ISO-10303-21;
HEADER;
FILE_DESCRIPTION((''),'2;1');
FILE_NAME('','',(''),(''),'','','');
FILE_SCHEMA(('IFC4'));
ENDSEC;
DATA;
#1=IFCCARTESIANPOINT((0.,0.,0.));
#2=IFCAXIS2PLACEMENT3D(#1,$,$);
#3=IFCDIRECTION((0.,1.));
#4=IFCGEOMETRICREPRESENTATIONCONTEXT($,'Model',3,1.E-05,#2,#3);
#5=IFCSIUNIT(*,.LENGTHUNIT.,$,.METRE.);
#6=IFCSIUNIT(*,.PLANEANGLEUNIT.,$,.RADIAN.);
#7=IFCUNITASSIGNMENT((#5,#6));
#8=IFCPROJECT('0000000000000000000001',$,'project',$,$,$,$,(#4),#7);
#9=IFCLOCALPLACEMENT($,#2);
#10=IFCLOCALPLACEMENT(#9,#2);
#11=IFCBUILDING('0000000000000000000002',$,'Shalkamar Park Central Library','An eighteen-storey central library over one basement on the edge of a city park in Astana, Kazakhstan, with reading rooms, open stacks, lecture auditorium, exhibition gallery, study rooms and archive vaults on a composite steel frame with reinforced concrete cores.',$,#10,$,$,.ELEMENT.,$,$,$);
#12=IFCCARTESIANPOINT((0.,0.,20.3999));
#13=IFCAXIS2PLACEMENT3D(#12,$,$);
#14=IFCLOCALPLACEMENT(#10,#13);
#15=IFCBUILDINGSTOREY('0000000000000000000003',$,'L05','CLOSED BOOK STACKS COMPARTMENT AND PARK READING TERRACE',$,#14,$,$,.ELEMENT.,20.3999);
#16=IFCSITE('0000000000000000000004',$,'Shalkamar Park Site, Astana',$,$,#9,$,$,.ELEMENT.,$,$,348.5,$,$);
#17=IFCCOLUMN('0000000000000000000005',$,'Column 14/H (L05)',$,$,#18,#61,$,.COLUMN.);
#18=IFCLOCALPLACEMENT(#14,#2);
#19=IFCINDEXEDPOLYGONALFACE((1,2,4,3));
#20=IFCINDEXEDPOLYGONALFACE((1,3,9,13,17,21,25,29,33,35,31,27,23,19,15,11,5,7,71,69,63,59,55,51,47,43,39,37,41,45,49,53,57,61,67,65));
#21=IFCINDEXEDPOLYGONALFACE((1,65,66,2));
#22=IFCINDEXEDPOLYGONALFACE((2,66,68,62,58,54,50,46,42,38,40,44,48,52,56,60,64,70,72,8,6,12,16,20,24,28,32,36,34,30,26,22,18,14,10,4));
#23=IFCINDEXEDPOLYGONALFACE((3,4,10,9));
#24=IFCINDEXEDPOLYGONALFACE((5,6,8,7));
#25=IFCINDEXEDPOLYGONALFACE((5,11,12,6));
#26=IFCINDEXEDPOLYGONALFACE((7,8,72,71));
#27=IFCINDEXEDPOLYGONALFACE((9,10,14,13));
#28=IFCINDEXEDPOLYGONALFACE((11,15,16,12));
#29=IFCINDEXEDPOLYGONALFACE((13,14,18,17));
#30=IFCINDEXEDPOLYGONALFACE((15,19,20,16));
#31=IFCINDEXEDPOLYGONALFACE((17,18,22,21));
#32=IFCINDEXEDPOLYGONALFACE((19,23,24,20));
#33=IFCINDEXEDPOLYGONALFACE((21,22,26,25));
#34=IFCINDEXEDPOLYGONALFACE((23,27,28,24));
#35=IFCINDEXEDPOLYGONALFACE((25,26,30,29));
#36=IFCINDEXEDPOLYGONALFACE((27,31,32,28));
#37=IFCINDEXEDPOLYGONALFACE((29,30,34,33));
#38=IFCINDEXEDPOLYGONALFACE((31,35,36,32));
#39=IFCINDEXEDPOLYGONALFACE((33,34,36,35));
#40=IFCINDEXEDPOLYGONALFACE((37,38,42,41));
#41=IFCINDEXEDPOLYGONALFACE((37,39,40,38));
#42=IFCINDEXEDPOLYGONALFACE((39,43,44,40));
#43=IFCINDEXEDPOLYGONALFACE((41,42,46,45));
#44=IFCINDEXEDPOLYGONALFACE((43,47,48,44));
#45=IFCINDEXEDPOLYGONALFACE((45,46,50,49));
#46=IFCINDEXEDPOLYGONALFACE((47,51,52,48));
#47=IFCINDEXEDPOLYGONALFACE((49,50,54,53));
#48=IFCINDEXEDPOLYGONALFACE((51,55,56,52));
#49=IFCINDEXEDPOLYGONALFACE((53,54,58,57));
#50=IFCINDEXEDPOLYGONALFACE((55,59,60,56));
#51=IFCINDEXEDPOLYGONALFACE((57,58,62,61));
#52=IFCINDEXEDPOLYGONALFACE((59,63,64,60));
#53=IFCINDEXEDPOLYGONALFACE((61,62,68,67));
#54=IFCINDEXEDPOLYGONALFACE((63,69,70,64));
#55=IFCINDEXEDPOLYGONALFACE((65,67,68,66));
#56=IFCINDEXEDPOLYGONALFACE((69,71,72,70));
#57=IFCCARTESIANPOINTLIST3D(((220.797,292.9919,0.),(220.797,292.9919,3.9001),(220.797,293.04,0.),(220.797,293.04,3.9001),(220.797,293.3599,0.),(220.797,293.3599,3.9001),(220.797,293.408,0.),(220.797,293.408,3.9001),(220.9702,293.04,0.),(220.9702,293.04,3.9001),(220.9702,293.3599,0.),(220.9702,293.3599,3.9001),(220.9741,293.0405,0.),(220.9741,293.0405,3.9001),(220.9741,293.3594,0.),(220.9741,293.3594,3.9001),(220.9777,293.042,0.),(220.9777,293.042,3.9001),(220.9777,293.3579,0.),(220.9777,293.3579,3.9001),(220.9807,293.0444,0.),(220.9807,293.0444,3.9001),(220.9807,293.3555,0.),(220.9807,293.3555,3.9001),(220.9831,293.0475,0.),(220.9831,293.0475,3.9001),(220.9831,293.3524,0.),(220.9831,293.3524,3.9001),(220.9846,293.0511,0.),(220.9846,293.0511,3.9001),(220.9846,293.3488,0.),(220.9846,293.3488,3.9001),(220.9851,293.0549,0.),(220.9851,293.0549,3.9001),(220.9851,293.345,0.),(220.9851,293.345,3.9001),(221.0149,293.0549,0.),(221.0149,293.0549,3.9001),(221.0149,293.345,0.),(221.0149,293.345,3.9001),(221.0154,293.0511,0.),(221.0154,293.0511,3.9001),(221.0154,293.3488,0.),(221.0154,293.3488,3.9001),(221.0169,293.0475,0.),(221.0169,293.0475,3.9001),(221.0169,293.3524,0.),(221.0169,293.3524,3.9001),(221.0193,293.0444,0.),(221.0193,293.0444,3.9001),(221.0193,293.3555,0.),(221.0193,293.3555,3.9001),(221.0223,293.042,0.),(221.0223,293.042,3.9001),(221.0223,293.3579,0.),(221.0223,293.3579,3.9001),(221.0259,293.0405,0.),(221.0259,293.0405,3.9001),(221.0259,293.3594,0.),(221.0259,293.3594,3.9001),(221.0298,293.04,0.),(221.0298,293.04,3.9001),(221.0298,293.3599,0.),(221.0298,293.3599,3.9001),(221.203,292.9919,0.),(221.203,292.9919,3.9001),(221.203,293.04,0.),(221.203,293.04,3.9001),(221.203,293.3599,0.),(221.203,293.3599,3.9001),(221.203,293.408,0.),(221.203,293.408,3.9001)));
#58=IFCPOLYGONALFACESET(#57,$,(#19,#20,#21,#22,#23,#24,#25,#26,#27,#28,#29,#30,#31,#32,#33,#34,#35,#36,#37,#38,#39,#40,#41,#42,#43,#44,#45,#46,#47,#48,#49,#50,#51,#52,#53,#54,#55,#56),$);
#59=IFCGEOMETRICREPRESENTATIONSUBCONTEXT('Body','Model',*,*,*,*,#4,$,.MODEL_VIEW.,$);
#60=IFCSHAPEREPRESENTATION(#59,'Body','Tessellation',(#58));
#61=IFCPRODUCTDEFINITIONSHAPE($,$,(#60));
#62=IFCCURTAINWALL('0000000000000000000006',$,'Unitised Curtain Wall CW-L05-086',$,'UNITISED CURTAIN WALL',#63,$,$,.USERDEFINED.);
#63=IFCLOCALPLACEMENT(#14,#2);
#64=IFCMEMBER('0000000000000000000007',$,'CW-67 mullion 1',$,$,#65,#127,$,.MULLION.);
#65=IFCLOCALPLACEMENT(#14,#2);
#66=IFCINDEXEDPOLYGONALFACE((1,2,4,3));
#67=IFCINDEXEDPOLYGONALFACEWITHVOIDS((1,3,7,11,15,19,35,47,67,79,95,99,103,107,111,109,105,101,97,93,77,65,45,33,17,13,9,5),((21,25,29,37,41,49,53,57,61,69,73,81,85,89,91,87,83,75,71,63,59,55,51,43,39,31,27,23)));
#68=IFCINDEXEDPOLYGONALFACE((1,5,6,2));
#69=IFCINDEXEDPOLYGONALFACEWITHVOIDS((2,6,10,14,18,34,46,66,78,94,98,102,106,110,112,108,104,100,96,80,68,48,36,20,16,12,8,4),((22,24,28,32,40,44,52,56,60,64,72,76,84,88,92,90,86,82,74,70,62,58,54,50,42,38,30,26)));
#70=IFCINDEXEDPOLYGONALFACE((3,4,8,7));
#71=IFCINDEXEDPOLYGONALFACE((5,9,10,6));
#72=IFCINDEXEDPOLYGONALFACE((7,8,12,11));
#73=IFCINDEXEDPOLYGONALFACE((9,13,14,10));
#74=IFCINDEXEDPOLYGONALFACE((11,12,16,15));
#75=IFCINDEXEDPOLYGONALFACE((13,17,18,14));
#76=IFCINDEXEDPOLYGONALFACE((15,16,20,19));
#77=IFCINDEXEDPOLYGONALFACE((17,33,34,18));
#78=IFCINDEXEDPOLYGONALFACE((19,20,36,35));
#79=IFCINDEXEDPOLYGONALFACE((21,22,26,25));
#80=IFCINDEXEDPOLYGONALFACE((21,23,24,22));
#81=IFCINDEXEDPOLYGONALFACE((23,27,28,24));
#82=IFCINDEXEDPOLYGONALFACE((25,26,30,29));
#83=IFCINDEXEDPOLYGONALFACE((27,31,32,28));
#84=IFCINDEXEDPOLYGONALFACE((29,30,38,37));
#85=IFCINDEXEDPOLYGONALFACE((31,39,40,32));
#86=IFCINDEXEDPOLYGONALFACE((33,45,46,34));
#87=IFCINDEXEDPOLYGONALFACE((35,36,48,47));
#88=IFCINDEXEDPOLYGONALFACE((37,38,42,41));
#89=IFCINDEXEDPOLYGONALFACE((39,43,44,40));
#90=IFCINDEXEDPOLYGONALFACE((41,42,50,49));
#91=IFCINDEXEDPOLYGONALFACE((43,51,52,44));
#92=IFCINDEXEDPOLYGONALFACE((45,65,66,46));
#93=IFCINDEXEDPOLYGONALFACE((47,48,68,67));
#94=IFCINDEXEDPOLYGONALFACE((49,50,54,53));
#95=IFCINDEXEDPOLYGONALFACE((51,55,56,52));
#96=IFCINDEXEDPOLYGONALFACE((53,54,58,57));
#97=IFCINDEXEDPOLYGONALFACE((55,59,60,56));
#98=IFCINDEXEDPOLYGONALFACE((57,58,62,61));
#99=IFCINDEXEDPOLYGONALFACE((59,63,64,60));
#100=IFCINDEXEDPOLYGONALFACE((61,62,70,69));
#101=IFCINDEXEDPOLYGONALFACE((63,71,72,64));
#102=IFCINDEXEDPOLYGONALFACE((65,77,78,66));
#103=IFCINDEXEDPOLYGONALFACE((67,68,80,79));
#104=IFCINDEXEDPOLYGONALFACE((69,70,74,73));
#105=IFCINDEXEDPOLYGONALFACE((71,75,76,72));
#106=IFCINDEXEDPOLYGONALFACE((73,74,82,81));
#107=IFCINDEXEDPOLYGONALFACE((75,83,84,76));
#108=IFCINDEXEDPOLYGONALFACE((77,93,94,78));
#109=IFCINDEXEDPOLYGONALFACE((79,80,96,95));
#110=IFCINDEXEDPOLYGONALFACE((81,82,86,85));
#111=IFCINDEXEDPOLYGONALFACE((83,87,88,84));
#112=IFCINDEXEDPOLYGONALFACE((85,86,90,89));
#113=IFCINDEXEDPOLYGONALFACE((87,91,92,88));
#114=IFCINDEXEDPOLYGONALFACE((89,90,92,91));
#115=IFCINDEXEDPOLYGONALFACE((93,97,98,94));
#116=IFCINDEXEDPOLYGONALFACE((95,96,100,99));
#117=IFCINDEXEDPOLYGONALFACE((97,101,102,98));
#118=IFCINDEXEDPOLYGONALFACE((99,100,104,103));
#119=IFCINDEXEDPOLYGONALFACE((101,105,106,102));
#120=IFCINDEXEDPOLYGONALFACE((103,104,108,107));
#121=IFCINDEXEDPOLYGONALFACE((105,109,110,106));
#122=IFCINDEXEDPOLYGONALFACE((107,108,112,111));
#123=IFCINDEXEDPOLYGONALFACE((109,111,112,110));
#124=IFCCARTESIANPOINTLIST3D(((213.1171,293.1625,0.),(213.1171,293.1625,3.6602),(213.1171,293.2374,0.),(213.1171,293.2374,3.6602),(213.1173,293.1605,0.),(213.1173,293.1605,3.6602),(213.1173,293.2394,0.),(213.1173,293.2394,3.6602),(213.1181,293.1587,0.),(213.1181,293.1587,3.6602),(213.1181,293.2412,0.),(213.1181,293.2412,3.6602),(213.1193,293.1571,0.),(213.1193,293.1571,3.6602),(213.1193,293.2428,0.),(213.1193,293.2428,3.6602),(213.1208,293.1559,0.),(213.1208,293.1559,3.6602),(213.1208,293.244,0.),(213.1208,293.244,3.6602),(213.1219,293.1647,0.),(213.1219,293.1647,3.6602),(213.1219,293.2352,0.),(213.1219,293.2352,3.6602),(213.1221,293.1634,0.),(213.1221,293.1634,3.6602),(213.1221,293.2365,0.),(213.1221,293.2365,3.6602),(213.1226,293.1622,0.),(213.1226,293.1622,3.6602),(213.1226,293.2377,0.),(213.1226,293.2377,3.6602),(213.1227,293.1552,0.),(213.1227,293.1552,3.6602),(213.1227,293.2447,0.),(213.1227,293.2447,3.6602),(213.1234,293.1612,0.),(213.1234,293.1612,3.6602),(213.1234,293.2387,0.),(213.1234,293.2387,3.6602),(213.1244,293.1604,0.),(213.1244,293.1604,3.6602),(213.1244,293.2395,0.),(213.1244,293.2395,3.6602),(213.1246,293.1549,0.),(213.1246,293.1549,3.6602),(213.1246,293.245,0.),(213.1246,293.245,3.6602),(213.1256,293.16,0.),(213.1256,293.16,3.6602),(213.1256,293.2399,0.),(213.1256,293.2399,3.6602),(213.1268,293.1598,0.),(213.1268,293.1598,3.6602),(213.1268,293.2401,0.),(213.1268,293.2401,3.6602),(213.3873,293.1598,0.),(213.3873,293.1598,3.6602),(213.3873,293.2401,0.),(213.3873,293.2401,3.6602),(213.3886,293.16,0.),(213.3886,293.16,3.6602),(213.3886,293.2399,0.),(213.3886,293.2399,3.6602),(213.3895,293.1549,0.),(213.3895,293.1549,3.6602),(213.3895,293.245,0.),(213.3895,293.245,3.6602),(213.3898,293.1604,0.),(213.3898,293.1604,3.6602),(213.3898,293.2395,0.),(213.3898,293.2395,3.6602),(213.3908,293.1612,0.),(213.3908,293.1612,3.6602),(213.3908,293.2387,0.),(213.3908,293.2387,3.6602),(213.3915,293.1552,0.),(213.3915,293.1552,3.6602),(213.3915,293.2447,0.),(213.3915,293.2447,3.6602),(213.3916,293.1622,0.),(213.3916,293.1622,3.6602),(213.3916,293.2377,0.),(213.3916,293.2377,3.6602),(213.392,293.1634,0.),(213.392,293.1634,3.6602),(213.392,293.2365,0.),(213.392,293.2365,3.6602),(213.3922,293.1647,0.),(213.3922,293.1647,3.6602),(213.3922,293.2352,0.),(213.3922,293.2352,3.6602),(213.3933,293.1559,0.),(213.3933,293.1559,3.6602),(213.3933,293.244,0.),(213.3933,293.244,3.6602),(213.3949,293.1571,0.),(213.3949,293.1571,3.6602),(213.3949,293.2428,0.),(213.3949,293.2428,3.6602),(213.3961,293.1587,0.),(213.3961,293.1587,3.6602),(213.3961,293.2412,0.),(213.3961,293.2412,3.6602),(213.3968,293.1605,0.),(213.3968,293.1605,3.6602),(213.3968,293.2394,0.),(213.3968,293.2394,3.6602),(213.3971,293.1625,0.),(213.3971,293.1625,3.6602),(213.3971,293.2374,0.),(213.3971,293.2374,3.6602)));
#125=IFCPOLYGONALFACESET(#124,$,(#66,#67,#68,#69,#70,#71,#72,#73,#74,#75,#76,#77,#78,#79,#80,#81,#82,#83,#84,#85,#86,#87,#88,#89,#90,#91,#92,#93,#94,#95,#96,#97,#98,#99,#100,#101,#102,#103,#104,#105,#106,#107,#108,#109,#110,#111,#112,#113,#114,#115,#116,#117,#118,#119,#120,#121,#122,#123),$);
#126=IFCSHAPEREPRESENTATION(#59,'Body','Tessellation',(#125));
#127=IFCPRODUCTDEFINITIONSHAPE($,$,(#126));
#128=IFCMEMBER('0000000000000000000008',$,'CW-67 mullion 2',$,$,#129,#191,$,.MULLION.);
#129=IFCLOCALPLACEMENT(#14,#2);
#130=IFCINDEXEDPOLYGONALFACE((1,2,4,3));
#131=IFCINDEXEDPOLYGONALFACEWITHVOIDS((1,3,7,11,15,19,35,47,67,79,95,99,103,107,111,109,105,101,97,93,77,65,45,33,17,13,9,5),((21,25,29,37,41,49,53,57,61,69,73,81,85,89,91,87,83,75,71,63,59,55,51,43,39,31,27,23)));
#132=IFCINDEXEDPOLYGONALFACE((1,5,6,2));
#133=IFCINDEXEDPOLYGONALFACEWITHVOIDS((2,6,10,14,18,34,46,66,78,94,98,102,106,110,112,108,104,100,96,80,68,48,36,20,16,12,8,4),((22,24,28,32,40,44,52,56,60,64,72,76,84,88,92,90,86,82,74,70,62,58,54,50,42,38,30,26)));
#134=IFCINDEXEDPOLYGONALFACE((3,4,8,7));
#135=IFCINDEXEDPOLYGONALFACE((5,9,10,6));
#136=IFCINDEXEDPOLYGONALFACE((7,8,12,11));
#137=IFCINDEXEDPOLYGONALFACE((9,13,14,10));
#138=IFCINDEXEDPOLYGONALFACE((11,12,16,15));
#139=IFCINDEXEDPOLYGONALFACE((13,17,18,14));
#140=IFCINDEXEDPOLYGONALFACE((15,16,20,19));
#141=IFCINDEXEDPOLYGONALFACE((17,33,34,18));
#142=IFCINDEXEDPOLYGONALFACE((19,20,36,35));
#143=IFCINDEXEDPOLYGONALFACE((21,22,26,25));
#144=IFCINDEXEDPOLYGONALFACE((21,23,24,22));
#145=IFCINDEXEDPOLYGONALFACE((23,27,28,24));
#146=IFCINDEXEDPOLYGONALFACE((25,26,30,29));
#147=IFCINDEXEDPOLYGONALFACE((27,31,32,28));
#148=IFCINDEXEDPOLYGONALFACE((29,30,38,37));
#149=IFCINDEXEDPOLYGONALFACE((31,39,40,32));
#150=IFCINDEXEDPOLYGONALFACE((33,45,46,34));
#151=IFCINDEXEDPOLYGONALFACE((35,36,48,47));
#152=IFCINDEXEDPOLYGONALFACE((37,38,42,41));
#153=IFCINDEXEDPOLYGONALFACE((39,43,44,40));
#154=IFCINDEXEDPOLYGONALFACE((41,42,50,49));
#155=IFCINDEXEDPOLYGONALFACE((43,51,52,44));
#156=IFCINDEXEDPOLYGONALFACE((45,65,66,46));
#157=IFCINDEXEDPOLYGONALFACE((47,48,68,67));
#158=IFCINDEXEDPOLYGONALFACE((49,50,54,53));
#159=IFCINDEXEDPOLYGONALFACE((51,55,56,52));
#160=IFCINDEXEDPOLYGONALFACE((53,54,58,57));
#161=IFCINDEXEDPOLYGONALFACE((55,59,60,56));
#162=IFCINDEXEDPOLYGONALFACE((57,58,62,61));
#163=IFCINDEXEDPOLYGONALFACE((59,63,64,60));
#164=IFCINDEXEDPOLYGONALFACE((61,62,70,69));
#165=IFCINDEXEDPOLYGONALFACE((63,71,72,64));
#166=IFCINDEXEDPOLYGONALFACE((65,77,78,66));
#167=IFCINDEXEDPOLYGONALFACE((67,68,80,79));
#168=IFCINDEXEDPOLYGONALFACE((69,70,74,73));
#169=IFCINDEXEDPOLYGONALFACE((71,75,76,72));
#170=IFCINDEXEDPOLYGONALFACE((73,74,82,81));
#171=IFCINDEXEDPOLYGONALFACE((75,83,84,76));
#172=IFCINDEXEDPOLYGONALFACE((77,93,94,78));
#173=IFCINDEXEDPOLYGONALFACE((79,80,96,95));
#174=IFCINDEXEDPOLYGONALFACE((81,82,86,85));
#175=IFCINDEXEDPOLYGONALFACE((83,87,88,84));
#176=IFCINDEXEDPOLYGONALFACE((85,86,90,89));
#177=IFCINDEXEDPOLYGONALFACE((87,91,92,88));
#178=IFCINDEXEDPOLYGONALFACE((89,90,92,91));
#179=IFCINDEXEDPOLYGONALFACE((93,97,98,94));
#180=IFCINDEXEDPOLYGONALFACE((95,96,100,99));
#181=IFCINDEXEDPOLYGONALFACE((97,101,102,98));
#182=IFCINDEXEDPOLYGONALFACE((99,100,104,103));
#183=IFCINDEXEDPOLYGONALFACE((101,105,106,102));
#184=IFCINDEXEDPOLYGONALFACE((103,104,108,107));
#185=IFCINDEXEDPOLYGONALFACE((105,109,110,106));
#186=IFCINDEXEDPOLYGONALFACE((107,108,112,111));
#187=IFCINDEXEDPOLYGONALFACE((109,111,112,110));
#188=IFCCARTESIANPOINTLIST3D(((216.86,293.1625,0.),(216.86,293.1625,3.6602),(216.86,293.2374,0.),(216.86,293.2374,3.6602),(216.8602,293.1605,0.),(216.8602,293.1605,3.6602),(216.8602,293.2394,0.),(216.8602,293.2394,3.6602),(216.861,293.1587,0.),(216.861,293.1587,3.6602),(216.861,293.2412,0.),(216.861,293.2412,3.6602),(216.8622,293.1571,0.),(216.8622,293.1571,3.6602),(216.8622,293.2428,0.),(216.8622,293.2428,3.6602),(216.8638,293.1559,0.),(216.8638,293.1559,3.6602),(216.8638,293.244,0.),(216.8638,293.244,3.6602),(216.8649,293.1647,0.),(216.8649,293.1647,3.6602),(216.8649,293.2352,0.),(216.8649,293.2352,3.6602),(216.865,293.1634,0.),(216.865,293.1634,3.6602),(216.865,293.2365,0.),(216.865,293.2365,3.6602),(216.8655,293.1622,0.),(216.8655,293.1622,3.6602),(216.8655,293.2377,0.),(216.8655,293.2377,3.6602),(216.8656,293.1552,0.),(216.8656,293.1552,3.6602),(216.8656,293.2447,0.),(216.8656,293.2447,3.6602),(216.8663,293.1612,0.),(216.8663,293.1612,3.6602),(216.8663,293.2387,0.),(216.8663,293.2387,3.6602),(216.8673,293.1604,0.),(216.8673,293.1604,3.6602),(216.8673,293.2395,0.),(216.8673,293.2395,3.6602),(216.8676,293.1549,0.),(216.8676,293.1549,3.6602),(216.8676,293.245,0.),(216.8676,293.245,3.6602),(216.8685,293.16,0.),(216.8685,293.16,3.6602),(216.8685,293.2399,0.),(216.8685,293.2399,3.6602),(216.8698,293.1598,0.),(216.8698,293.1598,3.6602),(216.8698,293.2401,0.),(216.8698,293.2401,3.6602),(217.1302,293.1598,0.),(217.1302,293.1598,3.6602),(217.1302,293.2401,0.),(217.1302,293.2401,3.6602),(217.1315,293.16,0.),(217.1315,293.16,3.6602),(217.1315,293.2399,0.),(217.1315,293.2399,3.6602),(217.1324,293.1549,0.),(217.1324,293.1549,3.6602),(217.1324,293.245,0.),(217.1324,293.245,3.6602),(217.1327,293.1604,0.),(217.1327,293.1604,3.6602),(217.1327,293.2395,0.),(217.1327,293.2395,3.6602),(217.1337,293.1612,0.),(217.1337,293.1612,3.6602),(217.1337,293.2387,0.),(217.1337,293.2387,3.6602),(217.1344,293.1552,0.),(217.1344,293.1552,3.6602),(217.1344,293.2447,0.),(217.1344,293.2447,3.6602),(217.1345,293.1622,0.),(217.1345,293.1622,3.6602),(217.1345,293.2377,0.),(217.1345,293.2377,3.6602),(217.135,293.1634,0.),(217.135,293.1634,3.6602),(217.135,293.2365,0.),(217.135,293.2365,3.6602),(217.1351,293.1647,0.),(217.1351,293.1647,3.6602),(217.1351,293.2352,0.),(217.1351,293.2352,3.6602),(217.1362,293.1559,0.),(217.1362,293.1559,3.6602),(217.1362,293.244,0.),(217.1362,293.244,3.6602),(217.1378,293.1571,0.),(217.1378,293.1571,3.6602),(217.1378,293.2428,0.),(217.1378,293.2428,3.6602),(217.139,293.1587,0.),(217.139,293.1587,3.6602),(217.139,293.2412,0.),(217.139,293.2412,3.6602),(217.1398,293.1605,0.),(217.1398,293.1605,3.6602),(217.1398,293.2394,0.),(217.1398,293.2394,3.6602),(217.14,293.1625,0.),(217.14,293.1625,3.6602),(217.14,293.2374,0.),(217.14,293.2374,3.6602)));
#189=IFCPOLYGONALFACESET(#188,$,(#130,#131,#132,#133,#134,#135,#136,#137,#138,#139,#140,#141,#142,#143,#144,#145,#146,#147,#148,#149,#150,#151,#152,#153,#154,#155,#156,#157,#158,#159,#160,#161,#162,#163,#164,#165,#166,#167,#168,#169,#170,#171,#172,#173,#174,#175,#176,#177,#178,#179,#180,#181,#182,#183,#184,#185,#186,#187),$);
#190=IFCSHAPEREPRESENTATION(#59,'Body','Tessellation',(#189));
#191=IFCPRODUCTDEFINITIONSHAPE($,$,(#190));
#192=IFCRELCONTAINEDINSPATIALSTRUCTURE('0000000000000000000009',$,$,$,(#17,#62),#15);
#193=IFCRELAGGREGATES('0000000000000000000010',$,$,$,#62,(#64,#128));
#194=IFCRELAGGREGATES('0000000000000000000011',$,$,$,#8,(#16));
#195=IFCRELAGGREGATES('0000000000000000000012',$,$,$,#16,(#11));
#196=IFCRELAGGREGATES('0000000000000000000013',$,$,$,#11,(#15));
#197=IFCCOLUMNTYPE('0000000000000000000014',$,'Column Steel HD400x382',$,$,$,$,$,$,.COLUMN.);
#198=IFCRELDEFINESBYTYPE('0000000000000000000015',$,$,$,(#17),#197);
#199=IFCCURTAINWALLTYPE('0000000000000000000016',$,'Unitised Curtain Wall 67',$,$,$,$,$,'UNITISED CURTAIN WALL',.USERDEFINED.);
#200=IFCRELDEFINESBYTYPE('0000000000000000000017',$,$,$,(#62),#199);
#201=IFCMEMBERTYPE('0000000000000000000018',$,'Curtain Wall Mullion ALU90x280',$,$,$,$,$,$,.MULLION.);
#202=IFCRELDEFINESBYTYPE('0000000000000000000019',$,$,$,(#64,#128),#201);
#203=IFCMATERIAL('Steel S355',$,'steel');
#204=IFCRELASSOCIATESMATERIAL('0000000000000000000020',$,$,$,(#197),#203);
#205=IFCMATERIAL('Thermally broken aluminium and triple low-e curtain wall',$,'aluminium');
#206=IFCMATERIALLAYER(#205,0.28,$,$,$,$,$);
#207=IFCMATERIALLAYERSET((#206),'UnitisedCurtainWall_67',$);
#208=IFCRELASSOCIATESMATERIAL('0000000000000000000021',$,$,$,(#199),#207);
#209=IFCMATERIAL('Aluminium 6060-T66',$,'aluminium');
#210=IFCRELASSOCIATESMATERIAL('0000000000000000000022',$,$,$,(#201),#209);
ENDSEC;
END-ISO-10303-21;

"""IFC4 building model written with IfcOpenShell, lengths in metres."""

from ifc_helpers import new_model, si_unit, direction, frame, origin, origin_2d, place, context, subcontext, project, spatial, hollow_rectangle, i_section, extrude, material, layer, layer_set, material_profile, profile_set, type_object, element, aggregate, save


model = new_model("IFC4")

# Units and contexts
model_context = context("Model", 3, precision=1e-05, world=origin(), true_north=direction((0.0, 1.0)))
body_context = subcontext(model_context, "Body", "Model", "MODEL_VIEW")
ifc_project = project(units=[si_unit("LENGTHUNIT", "METRE"), si_unit("PLANEANGLEUNIT", "RADIAN")], contexts=[model_context])

# Site, building, storey
site_placement = place(None, origin())
site = spatial("IfcSite", under=ifc_project, at=site_placement, Name="Shalkamar Park Site, Astana", CompositionType="ELEMENT", RefElevation=348.5)
building_placement = place(site_placement, origin())
building = spatial("IfcBuilding", under=site, at=building_placement, Name="Shalkamar Park Central Library", Description="An eighteen-storey central library over one basement on the edge of a city park in Astana, Kazakhstan, with reading rooms, open stacks, lecture auditorium, exhibition gallery, study rooms and archive vaults on a composite steel frame with reinforced concrete cores.", CompositionType="ELEMENT")
storey_placement = place(building_placement, frame((0.0, 0.0, 20.3999)))
storey = spatial("IfcBuildingStorey", under=building, at=storey_placement, Name="L05", Description="CLOSED BOOK STACKS COMPARTMENT AND PARK READING TERRACE", CompositionType="ELEMENT", Elevation=20.3999)

# Column
ifc_material_1 = material(Name="Steel S355", Category="steel")
ifc_material_profile_1 = material_profile(ifc_material_1, i_section(OverallWidth=0.406, OverallDepth=0.416, WebThickness=0.0298, FlangeThickness=0.0481, FilletRadius=0.0149, at=origin_2d()), Name="HD 400x382")
ifc_profile_set_1 = profile_set([ifc_material_profile_1], Name="Steel S355")
column_type = type_object("IfcColumnType", Name="Column Steel HD400x382", PredefinedType="COLUMN", material=ifc_profile_set_1)
column_placement = place(storey_placement, frame((221.0, 293.2, 0.0), z_axis=(0.0, 0.0, 1.0), x_axis=(1.0, 0.0, 0.0)))
element("IfcColumn", 1, at=column_placement, inside=storey, type_object=column_type, Name="Column 14/H (L05)", PredefinedType="COLUMN", context=body_context, shape_type="SweptSolid", body=[
    extrude(i_section(OverallWidth=0.406, OverallDepth=0.416, WebThickness=0.0298, FlangeThickness=0.0481, FilletRadius=0.0149, at=origin_2d()), origin(), (0.0, 0.0, 1.0), 3.9001),
])

# Curtain wall, members
ifc_material_2 = material(Name="Thermally broken aluminium and triple low-e curtain wall", Category="aluminium")
ifc_layer_1 = layer(ifc_material_2, 0.28)
ifc_layer_set_1 = layer_set([ifc_layer_1], Name="UnitisedCurtainWall_67")
curtain_wall_type = type_object("IfcCurtainWallType", Name="Unitised Curtain Wall 67", ElementType="UNITISED CURTAIN WALL", PredefinedType="USERDEFINED", material=ifc_layer_set_1)
curtain_wall_placement = place(storey_placement, origin())
curtain_wall = element("IfcCurtainWall", 2, at=curtain_wall_placement, inside=storey, type_object=curtain_wall_type, Name="Unitised Curtain Wall CW-L05-086", ObjectType="UNITISED CURTAIN WALL", PredefinedType="USERDEFINED")
ifc_material_3 = material(Name="Aluminium 6060-T66", Category="aluminium")
ifc_material_profile_2 = material_profile(ifc_material_3, hollow_rectangle(XDim=0.0901, YDim=0.28, WallThickness=0.0049, InnerFilletRadius=0.0049, OuterFilletRadius=0.0076, at=origin_2d()), Name="ALU 90x280x5")
ifc_profile_set_2 = profile_set([ifc_material_profile_2], Name="Aluminium 6060-T66")
member_type_1 = type_object("IfcMemberType", Name="Curtain Wall Mullion ALU90x280", PredefinedType="MULLION", material=ifc_profile_set_2)
member_1_placement = place(storey_placement, frame((213.2571, 293.2, 0.0), z_axis=(0.0, 0.0, 1.0), x_axis=(0.0, 1.0, 0.0)))
member_1 = element("IfcMember", 3, at=member_1_placement, type_object=member_type_1, Name="CW-67 mullion 1", PredefinedType="MULLION", context=body_context, shape_type="SweptSolid", body=[
    extrude(hollow_rectangle(XDim=0.0901, YDim=0.28, WallThickness=0.0049, InnerFilletRadius=0.0049, OuterFilletRadius=0.0076, at=origin_2d()), origin(), (0.0, 0.0, 1.0), 3.6602),
])
member_2_placement = place(storey_placement, frame((217.0, 293.2, 0.0), z_axis=(0.0, 0.0, 1.0), x_axis=(0.0, 1.0, 0.0)))
member_2 = element("IfcMember", 4, at=member_2_placement, type_object=member_type_1, Name="CW-67 mullion 2", PredefinedType="MULLION", context=body_context, shape_type="SweptSolid", body=[
    extrude(hollow_rectangle(XDim=0.0901, YDim=0.28, WallThickness=0.0049, InnerFilletRadius=0.0049, OuterFilletRadius=0.0076, at=origin_2d()), origin(), (0.0, 0.0, 1.0), 3.6602),
])

aggregate(curtain_wall, [member_1, member_2])

save(model, "model.ifc")
